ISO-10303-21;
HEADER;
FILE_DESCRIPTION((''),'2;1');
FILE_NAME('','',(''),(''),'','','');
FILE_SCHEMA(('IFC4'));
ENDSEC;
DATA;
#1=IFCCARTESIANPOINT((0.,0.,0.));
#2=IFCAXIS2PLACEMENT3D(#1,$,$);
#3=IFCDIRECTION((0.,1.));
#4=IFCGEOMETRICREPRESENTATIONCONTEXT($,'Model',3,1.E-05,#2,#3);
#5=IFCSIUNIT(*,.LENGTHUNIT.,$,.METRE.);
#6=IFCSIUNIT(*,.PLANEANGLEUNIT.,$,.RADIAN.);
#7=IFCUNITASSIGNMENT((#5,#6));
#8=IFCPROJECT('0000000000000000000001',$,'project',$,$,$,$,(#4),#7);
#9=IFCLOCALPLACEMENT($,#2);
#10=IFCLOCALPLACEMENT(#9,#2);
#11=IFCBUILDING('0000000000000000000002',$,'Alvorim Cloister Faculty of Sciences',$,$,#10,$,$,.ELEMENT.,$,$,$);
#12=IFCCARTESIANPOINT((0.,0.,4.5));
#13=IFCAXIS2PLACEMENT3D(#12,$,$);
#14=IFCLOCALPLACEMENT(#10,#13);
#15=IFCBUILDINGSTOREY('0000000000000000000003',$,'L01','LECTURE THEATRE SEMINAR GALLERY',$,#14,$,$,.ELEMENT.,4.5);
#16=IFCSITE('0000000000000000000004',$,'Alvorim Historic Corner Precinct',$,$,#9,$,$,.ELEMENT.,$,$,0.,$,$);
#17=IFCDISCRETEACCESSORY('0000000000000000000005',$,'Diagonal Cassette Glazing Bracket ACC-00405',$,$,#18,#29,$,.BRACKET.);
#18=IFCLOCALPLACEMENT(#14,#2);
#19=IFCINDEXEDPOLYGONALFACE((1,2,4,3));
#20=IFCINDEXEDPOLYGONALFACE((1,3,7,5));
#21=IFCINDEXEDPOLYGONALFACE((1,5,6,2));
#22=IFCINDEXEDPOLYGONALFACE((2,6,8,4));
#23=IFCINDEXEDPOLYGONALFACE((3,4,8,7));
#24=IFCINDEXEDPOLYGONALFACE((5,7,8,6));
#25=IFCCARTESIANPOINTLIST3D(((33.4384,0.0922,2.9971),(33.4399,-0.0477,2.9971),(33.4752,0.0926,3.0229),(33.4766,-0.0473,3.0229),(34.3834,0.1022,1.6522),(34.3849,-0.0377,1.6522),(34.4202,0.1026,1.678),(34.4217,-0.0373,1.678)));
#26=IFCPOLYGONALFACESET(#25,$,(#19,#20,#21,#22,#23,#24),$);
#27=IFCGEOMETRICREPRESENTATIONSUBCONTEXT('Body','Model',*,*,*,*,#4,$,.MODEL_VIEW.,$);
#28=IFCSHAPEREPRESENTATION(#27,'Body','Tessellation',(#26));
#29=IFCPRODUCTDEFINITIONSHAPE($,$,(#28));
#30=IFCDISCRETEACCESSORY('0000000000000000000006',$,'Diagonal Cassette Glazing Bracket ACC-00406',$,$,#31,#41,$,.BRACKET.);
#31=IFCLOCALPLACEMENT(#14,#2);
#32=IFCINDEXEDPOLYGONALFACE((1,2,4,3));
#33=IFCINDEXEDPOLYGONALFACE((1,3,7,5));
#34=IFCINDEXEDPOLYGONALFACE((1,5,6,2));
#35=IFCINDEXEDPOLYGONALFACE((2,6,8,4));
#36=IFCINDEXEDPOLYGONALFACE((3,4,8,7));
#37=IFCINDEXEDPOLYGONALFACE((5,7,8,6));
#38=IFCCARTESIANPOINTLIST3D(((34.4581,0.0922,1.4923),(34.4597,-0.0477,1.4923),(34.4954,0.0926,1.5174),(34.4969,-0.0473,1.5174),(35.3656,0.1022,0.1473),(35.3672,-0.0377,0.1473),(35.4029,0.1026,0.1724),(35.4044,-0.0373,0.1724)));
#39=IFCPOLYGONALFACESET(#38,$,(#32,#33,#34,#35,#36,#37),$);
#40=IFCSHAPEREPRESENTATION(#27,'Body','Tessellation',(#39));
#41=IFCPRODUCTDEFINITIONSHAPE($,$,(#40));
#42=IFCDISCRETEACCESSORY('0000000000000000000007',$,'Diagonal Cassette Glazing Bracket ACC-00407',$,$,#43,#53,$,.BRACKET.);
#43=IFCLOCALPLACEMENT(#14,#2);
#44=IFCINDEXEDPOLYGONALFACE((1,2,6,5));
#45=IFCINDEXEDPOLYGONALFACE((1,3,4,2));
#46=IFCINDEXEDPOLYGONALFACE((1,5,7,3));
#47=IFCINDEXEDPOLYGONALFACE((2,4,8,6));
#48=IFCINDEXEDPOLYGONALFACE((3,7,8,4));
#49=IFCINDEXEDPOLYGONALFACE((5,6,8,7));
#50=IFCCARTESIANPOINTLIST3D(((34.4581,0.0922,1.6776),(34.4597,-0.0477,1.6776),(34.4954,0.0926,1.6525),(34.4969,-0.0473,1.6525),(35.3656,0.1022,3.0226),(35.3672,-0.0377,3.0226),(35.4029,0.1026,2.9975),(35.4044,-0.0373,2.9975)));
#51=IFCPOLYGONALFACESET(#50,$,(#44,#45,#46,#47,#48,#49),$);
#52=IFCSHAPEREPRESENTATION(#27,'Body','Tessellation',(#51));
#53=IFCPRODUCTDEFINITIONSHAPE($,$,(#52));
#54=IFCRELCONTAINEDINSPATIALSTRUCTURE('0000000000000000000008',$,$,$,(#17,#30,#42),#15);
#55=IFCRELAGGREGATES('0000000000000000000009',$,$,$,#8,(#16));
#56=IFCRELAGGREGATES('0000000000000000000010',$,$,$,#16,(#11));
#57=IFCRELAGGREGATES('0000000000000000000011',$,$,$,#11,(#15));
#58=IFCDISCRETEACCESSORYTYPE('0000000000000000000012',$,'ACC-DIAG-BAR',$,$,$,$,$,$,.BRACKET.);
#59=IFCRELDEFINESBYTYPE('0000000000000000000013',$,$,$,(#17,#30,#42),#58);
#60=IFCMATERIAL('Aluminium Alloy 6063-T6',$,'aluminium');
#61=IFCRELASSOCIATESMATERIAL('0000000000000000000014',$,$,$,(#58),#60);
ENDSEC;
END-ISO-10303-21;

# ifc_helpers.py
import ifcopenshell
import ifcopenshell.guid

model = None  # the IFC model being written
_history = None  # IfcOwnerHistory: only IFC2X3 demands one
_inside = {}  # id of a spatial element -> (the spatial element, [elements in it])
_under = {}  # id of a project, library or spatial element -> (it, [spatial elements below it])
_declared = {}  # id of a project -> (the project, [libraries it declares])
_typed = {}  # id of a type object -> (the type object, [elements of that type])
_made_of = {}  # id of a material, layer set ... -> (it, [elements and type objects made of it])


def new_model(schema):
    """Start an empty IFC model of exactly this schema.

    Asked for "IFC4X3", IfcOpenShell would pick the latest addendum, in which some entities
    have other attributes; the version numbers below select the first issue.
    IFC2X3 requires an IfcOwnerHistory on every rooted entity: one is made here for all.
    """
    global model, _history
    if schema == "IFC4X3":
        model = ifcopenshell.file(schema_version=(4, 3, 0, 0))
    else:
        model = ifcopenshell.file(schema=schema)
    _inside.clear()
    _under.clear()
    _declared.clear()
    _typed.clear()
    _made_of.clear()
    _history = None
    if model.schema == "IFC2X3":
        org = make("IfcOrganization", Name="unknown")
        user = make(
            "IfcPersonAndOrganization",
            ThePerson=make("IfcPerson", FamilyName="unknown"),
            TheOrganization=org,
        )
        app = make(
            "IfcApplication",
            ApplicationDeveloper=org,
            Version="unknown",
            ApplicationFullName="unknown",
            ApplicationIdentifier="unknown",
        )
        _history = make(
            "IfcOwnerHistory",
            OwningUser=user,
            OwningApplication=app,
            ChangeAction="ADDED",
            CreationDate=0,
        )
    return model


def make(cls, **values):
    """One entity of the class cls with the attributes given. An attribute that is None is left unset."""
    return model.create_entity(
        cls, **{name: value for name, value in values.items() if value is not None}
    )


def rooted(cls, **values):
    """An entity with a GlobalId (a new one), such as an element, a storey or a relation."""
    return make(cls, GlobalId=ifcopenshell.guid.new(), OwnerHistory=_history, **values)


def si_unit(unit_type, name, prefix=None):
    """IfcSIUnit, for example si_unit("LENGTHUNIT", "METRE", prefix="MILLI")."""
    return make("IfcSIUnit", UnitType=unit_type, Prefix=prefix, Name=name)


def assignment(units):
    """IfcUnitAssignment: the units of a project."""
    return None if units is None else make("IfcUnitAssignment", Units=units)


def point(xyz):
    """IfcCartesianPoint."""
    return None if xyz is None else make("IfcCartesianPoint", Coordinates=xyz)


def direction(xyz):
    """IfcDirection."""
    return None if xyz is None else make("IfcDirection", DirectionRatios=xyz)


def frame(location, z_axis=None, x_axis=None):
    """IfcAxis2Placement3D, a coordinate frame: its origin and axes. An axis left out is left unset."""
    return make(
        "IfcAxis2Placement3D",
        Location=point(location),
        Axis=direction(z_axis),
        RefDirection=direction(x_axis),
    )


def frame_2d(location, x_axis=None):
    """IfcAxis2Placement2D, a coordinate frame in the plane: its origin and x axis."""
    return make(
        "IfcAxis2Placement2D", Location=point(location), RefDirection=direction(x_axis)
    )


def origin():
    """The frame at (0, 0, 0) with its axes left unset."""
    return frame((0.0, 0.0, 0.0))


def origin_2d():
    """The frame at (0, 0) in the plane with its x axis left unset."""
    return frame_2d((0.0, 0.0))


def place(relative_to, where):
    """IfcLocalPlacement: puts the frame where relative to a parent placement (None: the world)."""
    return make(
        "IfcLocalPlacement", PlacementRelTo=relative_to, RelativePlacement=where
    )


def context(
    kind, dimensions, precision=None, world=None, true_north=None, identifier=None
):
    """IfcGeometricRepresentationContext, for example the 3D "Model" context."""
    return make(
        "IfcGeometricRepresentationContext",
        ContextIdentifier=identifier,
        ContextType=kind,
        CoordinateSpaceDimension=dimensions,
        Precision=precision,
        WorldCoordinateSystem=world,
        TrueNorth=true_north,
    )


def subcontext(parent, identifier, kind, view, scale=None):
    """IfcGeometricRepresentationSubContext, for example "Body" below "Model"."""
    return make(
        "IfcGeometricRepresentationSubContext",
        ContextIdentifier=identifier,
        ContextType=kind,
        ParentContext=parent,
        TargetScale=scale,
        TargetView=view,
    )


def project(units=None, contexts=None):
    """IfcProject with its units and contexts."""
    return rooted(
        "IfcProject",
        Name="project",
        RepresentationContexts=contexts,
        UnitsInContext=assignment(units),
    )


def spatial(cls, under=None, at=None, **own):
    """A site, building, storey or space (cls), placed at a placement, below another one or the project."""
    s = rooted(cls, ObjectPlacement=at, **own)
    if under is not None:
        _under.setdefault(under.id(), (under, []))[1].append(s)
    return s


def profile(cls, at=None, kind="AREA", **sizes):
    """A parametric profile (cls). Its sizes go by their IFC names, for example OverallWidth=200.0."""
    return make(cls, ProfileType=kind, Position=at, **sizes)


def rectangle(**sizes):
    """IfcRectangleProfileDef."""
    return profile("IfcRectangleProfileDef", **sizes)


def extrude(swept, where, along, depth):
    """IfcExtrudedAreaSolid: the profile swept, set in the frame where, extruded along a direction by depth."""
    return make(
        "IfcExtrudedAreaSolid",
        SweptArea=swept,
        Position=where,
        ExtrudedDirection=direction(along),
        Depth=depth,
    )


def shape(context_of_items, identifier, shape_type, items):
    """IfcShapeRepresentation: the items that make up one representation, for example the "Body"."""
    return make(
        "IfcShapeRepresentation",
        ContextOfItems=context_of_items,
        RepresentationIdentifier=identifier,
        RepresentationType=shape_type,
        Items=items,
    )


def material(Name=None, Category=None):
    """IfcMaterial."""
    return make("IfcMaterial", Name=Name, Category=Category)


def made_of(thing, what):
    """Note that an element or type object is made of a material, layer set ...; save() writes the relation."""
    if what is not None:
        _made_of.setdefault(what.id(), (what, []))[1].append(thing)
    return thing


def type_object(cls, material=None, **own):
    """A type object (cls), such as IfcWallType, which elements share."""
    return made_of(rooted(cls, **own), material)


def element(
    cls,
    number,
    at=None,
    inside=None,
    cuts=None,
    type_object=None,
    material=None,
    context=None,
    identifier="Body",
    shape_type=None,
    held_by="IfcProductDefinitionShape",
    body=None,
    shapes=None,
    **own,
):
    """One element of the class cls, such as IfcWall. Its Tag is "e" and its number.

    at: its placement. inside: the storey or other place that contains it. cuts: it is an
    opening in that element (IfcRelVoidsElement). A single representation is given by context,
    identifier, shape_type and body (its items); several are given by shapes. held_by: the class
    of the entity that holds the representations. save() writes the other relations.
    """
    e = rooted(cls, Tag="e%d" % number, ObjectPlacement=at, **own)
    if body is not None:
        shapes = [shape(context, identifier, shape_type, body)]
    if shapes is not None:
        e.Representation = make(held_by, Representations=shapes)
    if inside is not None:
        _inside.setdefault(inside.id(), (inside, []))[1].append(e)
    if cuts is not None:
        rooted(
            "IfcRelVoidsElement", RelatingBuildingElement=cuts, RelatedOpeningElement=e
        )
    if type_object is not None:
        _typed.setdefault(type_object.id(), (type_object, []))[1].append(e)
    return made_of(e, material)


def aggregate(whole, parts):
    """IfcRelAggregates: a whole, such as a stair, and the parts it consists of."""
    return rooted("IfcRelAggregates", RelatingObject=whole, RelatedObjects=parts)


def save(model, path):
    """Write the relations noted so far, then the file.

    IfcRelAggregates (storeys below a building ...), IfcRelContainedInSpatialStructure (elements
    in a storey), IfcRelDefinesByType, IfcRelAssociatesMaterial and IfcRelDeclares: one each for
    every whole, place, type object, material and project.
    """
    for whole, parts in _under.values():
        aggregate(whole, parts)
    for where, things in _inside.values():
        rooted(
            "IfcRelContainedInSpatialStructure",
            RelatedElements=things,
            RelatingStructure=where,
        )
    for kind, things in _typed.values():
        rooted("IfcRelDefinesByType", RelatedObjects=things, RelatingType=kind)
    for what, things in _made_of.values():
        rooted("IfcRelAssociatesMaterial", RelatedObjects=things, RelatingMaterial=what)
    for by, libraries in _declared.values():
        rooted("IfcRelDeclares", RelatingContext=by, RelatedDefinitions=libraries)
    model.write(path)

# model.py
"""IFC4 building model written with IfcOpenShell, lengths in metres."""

from ifc_helpers import new_model, si_unit, direction, frame, origin, origin_2d, place, context, subcontext, project, spatial, rectangle, extrude, material, type_object, element, save


model = new_model("IFC4")

# Units and contexts
model_context = context("Model", 3, precision=1e-05, world=origin(), true_north=direction((0.0, 1.0)))
body_context = subcontext(model_context, "Body", "Model", "MODEL_VIEW")
ifc_project = project(units=[si_unit("LENGTHUNIT", "METRE"), si_unit("PLANEANGLEUNIT", "RADIAN")], contexts=[model_context])

# Site, building, storey
site_placement = place(None, origin())
site = spatial("IfcSite", under=ifc_project, at=site_placement, Name="Alvorim Historic Corner Precinct", CompositionType="ELEMENT", RefElevation=0.0)
building_placement = place(site_placement, origin())
building = spatial("IfcBuilding", under=site, at=building_placement, Name="Alvorim Cloister Faculty of Sciences", CompositionType="ELEMENT")
storey_placement = place(building_placement, frame((0.0, 0.0, 4.5)))
storey = spatial("IfcBuildingStorey", under=building, at=storey_placement, Name="L01", Description="LECTURE THEATRE SEMINAR GALLERY", CompositionType="ELEMENT", Elevation=4.5)

# Shared definitions
ifc_material_1 = material(Name="Aluminium Alloy 6063-T6", Category="aluminium")

# Discrete accessories
discrete_accessory_type = type_object("IfcDiscreteAccessoryType", Name="ACC-DIAG-BAR", PredefinedType="BRACKET", material=ifc_material_1)
for number, where, z_axis, x_axis, name in (
    (1, (33.4575, 0.0225, 3.01), (0.574916, 0.006089, -0.81819), (-0.010591, 0.999944, 0.0), "Diagonal Cassette Glazing Bracket ACC-00405"),
):
    element("IfcDiscreteAccessory", number, at=place(storey_placement, frame(where, z_axis=z_axis, x_axis=x_axis)), inside=storey, type_object=discrete_accessory_type, Name=name, PredefinedType="BRACKET", context=body_context, shape_type="SweptSolid", body=[
        extrude(rectangle(XDim=0.1399, YDim=0.0449, at=origin_2d()), origin(), (0.0, 0.0, 1.0), 1.6438),
    ])
for number, where, z_axis, x_axis, name in (
    (2, (34.4775, 0.0225, 1.5049), (0.559299, 0.006169, -0.828943), (-0.01103, 0.999939, 0.0), "Diagonal Cassette Glazing Bracket ACC-00406"),
    (3, (34.4775, 0.0225, 1.665), (0.559299, 0.006169, 0.828943), (-0.01103, 0.999939, 0.0), "Diagonal Cassette Glazing Bracket ACC-00407"),
):
    element("IfcDiscreteAccessory", number, at=place(storey_placement, frame(where, z_axis=z_axis, x_axis=x_axis)), inside=storey, type_object=discrete_accessory_type, Name=name, PredefinedType="BRACKET", context=body_context, shape_type="SweptSolid", body=[
        extrude(rectangle(XDim=0.1399, YDim=0.0449, at=origin_2d()), origin(), (0.0, 0.0, 1.0), 1.6226),
    ])

save(model, "model.ifc")
